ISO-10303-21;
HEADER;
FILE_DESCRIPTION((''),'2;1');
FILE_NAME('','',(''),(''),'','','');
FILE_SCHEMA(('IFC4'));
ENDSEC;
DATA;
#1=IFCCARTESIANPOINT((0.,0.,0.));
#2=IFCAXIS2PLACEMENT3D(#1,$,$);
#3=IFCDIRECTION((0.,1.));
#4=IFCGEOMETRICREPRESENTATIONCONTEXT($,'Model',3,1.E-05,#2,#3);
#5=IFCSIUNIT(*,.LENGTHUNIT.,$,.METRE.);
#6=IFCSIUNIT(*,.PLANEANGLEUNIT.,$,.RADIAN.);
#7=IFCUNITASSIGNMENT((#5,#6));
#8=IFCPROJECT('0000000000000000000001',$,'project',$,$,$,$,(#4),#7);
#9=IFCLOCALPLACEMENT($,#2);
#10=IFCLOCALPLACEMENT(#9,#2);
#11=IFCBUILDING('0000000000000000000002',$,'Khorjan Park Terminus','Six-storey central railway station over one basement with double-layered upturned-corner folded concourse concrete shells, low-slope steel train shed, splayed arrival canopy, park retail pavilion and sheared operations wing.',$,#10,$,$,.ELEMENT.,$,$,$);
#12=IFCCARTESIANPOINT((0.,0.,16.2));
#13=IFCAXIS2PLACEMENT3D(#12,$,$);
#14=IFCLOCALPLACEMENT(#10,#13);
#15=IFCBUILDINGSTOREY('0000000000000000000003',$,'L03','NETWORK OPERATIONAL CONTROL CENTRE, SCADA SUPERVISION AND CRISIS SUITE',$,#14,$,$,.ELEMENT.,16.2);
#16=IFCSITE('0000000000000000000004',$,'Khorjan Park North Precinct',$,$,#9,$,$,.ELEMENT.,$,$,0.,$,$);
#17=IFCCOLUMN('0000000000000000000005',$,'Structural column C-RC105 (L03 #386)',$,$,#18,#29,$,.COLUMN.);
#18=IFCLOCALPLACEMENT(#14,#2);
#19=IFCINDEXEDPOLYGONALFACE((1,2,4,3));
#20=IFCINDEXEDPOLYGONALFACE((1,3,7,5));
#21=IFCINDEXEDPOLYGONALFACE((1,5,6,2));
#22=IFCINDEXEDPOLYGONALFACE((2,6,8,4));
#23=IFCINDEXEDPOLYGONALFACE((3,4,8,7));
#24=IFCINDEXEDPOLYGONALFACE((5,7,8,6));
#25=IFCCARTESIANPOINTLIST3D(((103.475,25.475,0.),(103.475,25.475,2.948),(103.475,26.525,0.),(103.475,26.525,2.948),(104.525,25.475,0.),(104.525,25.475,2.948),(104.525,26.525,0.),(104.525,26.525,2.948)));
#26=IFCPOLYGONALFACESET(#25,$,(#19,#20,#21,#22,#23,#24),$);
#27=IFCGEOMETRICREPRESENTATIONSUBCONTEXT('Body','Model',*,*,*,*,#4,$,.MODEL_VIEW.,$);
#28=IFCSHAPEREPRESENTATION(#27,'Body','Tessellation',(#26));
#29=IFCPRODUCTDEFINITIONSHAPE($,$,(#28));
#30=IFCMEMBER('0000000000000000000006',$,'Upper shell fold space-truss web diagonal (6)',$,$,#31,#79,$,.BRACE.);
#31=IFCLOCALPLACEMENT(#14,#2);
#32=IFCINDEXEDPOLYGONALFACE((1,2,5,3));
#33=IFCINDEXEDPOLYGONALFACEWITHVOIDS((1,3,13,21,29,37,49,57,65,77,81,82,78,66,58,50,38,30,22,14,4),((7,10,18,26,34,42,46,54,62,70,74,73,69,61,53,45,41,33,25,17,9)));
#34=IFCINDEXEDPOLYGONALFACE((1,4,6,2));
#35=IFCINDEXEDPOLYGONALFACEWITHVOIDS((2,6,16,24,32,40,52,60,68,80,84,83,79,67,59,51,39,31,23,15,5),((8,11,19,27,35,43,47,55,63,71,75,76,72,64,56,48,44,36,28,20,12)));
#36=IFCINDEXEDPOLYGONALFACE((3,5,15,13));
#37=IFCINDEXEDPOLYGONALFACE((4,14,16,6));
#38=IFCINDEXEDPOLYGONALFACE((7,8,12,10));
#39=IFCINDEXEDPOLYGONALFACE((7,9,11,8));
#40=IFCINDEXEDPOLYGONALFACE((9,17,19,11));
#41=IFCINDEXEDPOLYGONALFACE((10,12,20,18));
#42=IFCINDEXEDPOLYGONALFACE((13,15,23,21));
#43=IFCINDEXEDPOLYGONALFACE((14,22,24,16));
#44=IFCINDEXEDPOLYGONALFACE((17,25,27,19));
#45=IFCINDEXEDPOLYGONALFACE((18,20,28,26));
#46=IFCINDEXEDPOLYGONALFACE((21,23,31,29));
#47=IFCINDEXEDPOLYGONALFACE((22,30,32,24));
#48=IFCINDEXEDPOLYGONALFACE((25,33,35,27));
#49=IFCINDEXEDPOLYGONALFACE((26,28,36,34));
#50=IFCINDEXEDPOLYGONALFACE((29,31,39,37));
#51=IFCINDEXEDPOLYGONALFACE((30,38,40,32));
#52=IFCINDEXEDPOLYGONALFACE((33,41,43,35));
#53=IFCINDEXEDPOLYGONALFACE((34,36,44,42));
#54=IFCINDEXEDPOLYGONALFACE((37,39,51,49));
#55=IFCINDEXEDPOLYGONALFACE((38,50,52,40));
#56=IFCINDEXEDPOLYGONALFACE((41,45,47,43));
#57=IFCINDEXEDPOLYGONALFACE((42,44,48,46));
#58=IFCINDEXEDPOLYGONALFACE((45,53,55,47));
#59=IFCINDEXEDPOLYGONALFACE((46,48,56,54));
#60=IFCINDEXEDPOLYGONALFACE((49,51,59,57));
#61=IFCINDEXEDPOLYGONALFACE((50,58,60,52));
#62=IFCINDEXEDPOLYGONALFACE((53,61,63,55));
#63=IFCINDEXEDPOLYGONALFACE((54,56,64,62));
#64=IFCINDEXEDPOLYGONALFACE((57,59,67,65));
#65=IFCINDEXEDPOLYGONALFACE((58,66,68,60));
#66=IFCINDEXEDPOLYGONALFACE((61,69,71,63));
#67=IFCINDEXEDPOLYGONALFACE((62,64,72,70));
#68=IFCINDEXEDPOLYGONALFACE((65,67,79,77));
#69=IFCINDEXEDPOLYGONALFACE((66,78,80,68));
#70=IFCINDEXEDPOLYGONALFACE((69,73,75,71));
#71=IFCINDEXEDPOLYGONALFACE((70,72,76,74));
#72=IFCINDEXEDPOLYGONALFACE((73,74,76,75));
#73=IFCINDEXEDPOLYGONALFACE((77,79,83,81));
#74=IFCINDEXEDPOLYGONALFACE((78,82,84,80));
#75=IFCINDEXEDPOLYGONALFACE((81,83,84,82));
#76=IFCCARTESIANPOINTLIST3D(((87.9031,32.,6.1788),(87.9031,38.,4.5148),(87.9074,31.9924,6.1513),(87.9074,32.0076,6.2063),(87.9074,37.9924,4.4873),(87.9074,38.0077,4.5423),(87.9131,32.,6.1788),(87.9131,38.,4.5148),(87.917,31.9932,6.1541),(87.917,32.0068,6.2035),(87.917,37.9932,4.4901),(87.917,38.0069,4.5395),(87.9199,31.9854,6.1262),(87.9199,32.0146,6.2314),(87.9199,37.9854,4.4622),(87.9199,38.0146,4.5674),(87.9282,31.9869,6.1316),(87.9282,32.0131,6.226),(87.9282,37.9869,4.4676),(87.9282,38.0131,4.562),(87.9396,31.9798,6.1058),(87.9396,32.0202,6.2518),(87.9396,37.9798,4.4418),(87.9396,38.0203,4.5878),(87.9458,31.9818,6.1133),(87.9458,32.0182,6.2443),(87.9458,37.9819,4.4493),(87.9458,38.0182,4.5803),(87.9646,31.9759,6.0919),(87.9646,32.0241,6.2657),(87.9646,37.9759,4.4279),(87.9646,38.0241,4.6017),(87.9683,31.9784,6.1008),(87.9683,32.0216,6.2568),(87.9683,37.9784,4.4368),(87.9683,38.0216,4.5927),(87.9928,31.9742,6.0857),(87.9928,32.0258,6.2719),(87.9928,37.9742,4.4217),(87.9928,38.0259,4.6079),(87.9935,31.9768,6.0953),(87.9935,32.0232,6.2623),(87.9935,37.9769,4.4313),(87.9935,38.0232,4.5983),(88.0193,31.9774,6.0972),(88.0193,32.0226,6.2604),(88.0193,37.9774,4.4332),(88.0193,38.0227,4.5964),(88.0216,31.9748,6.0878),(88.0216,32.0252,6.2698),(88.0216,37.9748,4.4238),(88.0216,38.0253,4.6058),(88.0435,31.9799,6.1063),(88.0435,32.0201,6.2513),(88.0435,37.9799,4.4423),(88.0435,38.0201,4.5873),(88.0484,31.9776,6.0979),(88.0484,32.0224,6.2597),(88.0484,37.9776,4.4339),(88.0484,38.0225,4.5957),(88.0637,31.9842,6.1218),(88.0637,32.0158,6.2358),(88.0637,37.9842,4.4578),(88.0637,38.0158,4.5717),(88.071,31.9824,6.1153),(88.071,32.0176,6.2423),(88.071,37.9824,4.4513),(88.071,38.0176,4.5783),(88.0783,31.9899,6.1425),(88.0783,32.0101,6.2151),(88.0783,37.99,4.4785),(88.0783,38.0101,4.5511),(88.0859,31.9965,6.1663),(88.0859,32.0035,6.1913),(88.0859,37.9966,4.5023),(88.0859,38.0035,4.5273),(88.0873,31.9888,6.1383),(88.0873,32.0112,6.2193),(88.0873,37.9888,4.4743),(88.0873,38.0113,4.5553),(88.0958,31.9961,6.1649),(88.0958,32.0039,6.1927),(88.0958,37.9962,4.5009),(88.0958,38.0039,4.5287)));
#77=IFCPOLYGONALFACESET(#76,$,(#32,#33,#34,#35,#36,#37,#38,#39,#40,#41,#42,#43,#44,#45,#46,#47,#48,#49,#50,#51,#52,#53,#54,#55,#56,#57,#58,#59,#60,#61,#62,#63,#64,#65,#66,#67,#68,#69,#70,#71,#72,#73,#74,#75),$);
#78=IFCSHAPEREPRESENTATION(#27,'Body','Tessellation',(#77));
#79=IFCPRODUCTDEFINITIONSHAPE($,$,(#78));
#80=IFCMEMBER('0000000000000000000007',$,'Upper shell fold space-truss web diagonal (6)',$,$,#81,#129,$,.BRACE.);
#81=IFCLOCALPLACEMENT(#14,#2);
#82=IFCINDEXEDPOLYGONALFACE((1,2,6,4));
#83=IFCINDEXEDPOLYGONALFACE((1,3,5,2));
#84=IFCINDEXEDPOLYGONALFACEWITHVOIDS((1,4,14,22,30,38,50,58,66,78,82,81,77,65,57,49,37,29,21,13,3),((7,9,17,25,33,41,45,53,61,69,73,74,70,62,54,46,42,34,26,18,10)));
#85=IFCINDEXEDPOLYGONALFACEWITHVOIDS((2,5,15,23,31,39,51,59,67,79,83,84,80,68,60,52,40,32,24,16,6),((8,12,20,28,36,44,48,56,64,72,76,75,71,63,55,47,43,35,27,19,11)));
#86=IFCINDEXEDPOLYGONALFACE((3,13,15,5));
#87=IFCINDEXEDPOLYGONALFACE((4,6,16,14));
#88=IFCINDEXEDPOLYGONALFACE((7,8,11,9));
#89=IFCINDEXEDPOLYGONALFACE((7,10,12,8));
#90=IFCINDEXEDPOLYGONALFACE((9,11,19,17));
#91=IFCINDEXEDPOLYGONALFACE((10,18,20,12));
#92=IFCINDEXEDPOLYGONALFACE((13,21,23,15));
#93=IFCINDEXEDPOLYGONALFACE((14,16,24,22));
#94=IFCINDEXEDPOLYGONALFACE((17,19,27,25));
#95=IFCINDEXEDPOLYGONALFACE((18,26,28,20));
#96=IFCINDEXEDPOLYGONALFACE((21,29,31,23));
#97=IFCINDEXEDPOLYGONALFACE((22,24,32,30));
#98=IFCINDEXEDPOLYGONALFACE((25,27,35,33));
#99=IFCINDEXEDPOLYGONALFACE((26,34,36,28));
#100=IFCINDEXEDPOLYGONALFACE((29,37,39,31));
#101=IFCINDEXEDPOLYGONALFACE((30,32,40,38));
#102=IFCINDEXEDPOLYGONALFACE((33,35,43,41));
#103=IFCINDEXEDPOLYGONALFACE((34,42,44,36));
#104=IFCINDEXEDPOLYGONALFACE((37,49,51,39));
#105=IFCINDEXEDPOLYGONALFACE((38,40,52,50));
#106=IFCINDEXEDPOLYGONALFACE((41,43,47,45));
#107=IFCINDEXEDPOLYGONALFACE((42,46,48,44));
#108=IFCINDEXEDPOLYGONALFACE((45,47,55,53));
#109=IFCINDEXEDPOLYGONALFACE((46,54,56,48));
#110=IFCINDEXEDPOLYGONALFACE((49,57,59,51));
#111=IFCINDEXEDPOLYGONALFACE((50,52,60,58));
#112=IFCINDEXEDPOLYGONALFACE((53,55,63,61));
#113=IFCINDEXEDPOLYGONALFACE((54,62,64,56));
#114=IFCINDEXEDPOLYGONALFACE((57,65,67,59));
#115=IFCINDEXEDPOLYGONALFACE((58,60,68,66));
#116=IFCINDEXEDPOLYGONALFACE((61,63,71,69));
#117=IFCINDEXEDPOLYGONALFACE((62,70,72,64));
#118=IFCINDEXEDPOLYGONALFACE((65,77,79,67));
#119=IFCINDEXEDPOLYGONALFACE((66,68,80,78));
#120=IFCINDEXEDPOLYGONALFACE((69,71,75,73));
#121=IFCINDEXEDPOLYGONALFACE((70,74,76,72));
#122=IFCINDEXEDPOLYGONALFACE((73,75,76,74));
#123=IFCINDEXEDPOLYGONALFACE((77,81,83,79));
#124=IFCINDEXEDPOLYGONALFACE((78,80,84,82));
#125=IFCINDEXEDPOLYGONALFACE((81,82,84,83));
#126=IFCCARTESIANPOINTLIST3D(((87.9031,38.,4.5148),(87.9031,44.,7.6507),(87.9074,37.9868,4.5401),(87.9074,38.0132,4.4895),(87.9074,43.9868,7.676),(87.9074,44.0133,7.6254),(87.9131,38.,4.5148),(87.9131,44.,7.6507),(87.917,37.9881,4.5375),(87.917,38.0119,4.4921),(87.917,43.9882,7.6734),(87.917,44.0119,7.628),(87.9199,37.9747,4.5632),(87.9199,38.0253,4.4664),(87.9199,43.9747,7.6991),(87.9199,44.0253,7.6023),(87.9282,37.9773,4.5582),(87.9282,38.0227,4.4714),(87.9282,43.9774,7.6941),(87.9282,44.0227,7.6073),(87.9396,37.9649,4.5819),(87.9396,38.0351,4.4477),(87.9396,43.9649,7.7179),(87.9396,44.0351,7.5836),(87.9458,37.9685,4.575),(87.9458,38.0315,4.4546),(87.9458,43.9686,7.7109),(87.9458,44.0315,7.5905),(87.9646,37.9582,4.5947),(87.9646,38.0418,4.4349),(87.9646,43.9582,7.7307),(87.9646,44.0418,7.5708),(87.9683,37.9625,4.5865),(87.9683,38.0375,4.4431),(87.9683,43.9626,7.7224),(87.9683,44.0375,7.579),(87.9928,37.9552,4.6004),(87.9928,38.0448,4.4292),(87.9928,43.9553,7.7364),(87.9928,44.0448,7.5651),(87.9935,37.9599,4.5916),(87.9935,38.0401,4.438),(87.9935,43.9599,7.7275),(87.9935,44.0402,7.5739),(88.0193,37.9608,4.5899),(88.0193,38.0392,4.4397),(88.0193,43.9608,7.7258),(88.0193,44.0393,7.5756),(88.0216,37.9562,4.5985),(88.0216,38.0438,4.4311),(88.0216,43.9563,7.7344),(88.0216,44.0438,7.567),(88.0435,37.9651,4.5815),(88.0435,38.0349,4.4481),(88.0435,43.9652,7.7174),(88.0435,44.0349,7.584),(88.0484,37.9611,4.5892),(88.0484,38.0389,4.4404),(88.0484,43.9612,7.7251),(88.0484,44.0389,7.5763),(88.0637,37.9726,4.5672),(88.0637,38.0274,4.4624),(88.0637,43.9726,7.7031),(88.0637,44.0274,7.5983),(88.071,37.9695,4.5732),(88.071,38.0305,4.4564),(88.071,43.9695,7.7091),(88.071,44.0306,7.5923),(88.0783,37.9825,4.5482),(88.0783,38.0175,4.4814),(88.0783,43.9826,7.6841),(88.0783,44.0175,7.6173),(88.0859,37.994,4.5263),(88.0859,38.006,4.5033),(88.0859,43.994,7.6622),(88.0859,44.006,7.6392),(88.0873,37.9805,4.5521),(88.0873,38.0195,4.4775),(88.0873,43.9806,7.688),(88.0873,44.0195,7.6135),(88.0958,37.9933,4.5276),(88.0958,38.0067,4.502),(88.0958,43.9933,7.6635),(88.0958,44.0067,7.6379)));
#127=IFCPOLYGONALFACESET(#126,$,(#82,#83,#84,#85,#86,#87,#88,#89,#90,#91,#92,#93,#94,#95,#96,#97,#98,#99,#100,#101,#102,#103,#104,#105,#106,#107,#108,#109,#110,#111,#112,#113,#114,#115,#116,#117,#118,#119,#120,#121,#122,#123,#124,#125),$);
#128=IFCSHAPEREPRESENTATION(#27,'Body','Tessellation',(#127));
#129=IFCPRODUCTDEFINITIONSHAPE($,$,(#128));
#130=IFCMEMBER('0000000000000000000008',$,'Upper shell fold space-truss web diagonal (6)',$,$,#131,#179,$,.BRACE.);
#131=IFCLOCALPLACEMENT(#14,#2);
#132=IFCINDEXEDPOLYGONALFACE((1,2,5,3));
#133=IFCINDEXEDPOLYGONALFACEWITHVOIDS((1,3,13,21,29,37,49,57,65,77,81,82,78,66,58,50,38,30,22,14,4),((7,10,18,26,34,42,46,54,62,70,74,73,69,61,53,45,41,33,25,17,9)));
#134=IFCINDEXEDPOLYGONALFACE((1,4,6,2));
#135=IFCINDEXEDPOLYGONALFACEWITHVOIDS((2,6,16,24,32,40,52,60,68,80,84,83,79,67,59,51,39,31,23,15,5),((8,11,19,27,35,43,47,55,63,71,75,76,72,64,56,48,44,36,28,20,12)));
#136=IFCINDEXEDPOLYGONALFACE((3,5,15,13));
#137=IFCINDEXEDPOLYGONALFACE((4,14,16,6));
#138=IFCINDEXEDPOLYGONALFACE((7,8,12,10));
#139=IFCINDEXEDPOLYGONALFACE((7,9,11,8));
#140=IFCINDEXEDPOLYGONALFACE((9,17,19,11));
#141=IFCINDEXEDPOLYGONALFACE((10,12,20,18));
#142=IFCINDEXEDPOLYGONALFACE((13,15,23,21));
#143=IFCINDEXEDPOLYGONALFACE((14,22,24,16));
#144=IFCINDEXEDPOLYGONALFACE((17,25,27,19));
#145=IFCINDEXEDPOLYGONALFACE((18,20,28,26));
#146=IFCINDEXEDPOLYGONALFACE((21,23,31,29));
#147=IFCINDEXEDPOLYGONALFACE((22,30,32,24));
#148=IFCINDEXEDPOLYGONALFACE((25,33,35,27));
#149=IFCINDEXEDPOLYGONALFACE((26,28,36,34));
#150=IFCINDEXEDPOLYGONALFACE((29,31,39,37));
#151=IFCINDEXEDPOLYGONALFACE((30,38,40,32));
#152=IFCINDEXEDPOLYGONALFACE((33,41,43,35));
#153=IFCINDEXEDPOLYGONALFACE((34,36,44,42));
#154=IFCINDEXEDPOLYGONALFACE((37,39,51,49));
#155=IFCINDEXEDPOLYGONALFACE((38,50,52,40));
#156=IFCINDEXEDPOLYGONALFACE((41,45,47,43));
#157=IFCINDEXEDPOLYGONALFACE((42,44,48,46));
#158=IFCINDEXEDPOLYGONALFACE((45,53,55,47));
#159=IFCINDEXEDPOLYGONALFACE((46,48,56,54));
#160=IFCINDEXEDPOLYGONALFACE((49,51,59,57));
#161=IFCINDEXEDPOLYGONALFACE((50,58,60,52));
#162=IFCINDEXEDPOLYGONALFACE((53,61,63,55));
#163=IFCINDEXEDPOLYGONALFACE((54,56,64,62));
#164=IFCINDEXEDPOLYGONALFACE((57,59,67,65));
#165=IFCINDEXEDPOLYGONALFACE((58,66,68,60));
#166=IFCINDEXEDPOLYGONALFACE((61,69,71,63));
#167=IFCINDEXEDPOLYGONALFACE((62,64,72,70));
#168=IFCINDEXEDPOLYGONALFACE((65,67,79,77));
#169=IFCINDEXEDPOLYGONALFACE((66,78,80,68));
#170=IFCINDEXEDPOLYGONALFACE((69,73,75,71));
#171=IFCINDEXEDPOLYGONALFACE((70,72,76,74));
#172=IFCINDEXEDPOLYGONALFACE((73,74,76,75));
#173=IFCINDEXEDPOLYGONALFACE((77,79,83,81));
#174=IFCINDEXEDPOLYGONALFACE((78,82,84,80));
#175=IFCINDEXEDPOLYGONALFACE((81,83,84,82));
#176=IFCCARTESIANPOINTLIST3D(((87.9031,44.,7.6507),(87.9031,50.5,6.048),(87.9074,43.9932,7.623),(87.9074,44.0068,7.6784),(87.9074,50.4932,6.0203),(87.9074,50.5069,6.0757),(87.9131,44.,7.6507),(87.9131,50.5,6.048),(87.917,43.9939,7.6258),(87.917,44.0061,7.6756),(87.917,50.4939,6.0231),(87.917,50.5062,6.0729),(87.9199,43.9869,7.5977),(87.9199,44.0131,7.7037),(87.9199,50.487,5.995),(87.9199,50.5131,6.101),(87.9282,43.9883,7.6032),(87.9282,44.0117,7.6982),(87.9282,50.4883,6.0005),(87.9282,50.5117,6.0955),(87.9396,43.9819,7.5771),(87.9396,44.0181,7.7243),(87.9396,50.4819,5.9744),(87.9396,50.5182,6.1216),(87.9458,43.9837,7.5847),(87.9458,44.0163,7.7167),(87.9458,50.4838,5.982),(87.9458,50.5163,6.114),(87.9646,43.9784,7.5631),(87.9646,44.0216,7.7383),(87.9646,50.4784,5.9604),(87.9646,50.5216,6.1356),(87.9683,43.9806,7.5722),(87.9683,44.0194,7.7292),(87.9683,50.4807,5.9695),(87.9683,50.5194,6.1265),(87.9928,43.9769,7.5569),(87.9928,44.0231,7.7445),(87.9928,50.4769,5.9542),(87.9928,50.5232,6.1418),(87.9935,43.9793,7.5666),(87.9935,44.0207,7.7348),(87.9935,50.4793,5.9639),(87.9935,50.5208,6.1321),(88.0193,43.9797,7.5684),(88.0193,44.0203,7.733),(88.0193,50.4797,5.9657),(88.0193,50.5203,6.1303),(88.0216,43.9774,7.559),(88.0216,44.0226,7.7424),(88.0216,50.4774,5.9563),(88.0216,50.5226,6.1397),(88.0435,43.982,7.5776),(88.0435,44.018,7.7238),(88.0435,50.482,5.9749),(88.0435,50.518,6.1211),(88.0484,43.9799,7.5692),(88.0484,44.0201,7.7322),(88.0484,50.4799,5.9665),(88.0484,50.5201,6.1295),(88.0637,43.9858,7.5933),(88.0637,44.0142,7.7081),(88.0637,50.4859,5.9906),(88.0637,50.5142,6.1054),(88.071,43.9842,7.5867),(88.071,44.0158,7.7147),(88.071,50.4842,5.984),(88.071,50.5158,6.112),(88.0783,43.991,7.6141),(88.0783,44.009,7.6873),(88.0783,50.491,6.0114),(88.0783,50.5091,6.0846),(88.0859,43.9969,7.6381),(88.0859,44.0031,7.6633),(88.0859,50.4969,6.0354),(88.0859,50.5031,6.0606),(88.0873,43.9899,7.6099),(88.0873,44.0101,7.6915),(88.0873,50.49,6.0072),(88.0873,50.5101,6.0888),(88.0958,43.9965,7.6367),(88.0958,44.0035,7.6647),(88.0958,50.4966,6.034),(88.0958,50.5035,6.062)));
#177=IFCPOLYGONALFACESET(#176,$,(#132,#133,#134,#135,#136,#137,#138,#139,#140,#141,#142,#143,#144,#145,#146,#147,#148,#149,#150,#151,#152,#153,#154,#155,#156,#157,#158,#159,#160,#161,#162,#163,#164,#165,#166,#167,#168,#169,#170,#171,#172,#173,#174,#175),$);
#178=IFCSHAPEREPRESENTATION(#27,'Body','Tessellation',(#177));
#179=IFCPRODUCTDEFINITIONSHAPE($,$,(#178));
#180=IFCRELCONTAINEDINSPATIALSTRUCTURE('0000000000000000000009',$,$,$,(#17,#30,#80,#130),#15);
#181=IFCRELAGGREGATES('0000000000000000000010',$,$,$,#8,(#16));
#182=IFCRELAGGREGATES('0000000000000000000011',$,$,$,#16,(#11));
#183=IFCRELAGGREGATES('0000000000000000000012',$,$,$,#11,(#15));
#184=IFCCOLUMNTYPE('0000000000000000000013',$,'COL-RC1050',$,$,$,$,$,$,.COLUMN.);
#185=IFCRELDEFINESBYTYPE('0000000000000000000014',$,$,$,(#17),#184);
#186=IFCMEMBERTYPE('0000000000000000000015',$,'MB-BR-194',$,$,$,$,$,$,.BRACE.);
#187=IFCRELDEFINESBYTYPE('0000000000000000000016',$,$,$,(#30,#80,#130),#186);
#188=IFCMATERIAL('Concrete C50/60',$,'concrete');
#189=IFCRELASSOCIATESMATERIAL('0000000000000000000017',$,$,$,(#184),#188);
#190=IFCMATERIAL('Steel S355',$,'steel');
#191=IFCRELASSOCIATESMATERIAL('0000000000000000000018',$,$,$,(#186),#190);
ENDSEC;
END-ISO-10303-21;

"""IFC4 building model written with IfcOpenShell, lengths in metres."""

from ifc_helpers import new_model, si_unit, direction, frame, origin, origin_2d, place, context, subcontext, project, spatial, rectangle, hollow_circle, extrude, material, material_profile, profile_set, type_object, element, save


model = new_model("IFC4")

# Units and contexts
model_context = context("Model", 3, precision=1e-05, world=origin(), true_north=direction((0.0, 1.0)))
body_context = subcontext(model_context, "Body", "Model", "MODEL_VIEW")
ifc_project = project(units=[si_unit("LENGTHUNIT", "METRE"), si_unit("PLANEANGLEUNIT", "RADIAN")], contexts=[model_context])

# Site, building, storey
site_placement = place(None, origin())
site = spatial("IfcSite", under=ifc_project, at=site_placement, Name="Khorjan Park North Precinct", CompositionType="ELEMENT", RefElevation=0.0)
building_placement = place(site_placement, origin())
building = spatial("IfcBuilding", under=site, at=building_placement, Name="Khorjan Park Terminus", Description="Six-storey central railway station over one basement with double-layered upturned-corner folded concourse concrete shells, low-slope steel train shed, splayed arrival canopy, park retail pavilion and sheared operations wing.", CompositionType="ELEMENT")
storey_placement = place(building_placement, frame((0.0, 0.0, 16.2)))
storey = spatial("IfcBuildingStorey", under=building, at=storey_placement, Name="L03", Description="NETWORK OPERATIONAL CONTROL CENTRE, SCADA SUPERVISION AND CRISIS SUITE", CompositionType="ELEMENT", Elevation=16.2)

# Column
ifc_material_1 = material(Name="Concrete C50/60", Category="concrete")
ifc_material_profile_1 = material_profile(ifc_material_1, rectangle(XDim=1.05, YDim=1.05, at=origin_2d()), Name="RC 1050x1050")
ifc_profile_set_1 = profile_set([ifc_material_profile_1], Name="Concrete C50/60")
column_type = type_object("IfcColumnType", Name="COL-RC1050", PredefinedType="COLUMN", material=ifc_profile_set_1)
column_placement = place(storey_placement, frame((104.0, 26.0, 0.0), z_axis=(0.0, 0.0, 1.0), x_axis=(1.0, 0.0, 0.0)))
element("IfcColumn", 1, at=column_placement, inside=storey, type_object=column_type, Name="Structural column C-RC105 (L03 #386)", PredefinedType="COLUMN", context=body_context, shape_type="SweptSolid", body=[
    extrude(rectangle(XDim=1.05, YDim=1.05, at=origin_2d()), origin(), (0.0, 0.0, 1.0), 2.948),
])

# Members
ifc_material_2 = material(Name="Steel S355", Category="steel")
ifc_material_profile_2 = material_profile(ifc_material_2, hollow_circle(Radius=0.0969, WallThickness=0.01, at=origin_2d()), Name="CHS 193.7x10")
ifc_profile_set_2 = profile_set([ifc_material_profile_2], Name="Steel S355")
member_type_1 = type_object("IfcMemberType", Name="MB-BR-194", PredefinedType="BRACE", material=ifc_profile_set_2)
member_1_placement = place(storey_placement, frame((88.0, 32.0, 6.1788), z_axis=(0.0, 0.963628, -0.267246), x_axis=(-1.0, 0.0, 0.0)))
element("IfcMember", 2, at=member_1_placement, inside=storey, type_object=member_type_1, Name="Upper shell fold space-truss web diagonal (6)", PredefinedType="BRACE", context=body_context, shape_type="SweptSolid", body=[
    extrude(hollow_circle(Radius=0.0969, WallThickness=0.01, at=origin_2d()), origin(), (0.0, 0.0, 1.0), 6.2265),
])
member_2_placement = place(storey_placement, frame((88.0, 38.0, 4.5148), z_axis=(0.0, 0.886254, 0.4632), x_axis=(-1.0, 0.0, 0.0)))
element("IfcMember", 3, at=member_2_placement, inside=storey, type_object=member_type_1, Name="Upper shell fold space-truss web diagonal (6)", PredefinedType="BRACE", context=body_context, shape_type="SweptSolid", body=[
    extrude(hollow_circle(Radius=0.0969, WallThickness=0.01, at=origin_2d()), origin(), (0.0, 0.0, 1.0), 6.7701),
])
member_3_placement = place(storey_placement, frame((88.0, 44.0, 7.6507), z_axis=(0.0, 0.970921, -0.239399), x_axis=(-1.0, 0.0, 0.0)))
element("IfcMember", 4, at=member_3_placement, inside=storey, type_object=member_type_1, Name="Upper shell fold space-truss web diagonal (6)", PredefinedType="BRACE", context=body_context, shape_type="SweptSolid", body=[
    extrude(hollow_circle(Radius=0.0969, WallThickness=0.01, at=origin_2d()), origin(), (0.0, 0.0, 1.0), 6.6947),
])

save(model, "model.ifc")
